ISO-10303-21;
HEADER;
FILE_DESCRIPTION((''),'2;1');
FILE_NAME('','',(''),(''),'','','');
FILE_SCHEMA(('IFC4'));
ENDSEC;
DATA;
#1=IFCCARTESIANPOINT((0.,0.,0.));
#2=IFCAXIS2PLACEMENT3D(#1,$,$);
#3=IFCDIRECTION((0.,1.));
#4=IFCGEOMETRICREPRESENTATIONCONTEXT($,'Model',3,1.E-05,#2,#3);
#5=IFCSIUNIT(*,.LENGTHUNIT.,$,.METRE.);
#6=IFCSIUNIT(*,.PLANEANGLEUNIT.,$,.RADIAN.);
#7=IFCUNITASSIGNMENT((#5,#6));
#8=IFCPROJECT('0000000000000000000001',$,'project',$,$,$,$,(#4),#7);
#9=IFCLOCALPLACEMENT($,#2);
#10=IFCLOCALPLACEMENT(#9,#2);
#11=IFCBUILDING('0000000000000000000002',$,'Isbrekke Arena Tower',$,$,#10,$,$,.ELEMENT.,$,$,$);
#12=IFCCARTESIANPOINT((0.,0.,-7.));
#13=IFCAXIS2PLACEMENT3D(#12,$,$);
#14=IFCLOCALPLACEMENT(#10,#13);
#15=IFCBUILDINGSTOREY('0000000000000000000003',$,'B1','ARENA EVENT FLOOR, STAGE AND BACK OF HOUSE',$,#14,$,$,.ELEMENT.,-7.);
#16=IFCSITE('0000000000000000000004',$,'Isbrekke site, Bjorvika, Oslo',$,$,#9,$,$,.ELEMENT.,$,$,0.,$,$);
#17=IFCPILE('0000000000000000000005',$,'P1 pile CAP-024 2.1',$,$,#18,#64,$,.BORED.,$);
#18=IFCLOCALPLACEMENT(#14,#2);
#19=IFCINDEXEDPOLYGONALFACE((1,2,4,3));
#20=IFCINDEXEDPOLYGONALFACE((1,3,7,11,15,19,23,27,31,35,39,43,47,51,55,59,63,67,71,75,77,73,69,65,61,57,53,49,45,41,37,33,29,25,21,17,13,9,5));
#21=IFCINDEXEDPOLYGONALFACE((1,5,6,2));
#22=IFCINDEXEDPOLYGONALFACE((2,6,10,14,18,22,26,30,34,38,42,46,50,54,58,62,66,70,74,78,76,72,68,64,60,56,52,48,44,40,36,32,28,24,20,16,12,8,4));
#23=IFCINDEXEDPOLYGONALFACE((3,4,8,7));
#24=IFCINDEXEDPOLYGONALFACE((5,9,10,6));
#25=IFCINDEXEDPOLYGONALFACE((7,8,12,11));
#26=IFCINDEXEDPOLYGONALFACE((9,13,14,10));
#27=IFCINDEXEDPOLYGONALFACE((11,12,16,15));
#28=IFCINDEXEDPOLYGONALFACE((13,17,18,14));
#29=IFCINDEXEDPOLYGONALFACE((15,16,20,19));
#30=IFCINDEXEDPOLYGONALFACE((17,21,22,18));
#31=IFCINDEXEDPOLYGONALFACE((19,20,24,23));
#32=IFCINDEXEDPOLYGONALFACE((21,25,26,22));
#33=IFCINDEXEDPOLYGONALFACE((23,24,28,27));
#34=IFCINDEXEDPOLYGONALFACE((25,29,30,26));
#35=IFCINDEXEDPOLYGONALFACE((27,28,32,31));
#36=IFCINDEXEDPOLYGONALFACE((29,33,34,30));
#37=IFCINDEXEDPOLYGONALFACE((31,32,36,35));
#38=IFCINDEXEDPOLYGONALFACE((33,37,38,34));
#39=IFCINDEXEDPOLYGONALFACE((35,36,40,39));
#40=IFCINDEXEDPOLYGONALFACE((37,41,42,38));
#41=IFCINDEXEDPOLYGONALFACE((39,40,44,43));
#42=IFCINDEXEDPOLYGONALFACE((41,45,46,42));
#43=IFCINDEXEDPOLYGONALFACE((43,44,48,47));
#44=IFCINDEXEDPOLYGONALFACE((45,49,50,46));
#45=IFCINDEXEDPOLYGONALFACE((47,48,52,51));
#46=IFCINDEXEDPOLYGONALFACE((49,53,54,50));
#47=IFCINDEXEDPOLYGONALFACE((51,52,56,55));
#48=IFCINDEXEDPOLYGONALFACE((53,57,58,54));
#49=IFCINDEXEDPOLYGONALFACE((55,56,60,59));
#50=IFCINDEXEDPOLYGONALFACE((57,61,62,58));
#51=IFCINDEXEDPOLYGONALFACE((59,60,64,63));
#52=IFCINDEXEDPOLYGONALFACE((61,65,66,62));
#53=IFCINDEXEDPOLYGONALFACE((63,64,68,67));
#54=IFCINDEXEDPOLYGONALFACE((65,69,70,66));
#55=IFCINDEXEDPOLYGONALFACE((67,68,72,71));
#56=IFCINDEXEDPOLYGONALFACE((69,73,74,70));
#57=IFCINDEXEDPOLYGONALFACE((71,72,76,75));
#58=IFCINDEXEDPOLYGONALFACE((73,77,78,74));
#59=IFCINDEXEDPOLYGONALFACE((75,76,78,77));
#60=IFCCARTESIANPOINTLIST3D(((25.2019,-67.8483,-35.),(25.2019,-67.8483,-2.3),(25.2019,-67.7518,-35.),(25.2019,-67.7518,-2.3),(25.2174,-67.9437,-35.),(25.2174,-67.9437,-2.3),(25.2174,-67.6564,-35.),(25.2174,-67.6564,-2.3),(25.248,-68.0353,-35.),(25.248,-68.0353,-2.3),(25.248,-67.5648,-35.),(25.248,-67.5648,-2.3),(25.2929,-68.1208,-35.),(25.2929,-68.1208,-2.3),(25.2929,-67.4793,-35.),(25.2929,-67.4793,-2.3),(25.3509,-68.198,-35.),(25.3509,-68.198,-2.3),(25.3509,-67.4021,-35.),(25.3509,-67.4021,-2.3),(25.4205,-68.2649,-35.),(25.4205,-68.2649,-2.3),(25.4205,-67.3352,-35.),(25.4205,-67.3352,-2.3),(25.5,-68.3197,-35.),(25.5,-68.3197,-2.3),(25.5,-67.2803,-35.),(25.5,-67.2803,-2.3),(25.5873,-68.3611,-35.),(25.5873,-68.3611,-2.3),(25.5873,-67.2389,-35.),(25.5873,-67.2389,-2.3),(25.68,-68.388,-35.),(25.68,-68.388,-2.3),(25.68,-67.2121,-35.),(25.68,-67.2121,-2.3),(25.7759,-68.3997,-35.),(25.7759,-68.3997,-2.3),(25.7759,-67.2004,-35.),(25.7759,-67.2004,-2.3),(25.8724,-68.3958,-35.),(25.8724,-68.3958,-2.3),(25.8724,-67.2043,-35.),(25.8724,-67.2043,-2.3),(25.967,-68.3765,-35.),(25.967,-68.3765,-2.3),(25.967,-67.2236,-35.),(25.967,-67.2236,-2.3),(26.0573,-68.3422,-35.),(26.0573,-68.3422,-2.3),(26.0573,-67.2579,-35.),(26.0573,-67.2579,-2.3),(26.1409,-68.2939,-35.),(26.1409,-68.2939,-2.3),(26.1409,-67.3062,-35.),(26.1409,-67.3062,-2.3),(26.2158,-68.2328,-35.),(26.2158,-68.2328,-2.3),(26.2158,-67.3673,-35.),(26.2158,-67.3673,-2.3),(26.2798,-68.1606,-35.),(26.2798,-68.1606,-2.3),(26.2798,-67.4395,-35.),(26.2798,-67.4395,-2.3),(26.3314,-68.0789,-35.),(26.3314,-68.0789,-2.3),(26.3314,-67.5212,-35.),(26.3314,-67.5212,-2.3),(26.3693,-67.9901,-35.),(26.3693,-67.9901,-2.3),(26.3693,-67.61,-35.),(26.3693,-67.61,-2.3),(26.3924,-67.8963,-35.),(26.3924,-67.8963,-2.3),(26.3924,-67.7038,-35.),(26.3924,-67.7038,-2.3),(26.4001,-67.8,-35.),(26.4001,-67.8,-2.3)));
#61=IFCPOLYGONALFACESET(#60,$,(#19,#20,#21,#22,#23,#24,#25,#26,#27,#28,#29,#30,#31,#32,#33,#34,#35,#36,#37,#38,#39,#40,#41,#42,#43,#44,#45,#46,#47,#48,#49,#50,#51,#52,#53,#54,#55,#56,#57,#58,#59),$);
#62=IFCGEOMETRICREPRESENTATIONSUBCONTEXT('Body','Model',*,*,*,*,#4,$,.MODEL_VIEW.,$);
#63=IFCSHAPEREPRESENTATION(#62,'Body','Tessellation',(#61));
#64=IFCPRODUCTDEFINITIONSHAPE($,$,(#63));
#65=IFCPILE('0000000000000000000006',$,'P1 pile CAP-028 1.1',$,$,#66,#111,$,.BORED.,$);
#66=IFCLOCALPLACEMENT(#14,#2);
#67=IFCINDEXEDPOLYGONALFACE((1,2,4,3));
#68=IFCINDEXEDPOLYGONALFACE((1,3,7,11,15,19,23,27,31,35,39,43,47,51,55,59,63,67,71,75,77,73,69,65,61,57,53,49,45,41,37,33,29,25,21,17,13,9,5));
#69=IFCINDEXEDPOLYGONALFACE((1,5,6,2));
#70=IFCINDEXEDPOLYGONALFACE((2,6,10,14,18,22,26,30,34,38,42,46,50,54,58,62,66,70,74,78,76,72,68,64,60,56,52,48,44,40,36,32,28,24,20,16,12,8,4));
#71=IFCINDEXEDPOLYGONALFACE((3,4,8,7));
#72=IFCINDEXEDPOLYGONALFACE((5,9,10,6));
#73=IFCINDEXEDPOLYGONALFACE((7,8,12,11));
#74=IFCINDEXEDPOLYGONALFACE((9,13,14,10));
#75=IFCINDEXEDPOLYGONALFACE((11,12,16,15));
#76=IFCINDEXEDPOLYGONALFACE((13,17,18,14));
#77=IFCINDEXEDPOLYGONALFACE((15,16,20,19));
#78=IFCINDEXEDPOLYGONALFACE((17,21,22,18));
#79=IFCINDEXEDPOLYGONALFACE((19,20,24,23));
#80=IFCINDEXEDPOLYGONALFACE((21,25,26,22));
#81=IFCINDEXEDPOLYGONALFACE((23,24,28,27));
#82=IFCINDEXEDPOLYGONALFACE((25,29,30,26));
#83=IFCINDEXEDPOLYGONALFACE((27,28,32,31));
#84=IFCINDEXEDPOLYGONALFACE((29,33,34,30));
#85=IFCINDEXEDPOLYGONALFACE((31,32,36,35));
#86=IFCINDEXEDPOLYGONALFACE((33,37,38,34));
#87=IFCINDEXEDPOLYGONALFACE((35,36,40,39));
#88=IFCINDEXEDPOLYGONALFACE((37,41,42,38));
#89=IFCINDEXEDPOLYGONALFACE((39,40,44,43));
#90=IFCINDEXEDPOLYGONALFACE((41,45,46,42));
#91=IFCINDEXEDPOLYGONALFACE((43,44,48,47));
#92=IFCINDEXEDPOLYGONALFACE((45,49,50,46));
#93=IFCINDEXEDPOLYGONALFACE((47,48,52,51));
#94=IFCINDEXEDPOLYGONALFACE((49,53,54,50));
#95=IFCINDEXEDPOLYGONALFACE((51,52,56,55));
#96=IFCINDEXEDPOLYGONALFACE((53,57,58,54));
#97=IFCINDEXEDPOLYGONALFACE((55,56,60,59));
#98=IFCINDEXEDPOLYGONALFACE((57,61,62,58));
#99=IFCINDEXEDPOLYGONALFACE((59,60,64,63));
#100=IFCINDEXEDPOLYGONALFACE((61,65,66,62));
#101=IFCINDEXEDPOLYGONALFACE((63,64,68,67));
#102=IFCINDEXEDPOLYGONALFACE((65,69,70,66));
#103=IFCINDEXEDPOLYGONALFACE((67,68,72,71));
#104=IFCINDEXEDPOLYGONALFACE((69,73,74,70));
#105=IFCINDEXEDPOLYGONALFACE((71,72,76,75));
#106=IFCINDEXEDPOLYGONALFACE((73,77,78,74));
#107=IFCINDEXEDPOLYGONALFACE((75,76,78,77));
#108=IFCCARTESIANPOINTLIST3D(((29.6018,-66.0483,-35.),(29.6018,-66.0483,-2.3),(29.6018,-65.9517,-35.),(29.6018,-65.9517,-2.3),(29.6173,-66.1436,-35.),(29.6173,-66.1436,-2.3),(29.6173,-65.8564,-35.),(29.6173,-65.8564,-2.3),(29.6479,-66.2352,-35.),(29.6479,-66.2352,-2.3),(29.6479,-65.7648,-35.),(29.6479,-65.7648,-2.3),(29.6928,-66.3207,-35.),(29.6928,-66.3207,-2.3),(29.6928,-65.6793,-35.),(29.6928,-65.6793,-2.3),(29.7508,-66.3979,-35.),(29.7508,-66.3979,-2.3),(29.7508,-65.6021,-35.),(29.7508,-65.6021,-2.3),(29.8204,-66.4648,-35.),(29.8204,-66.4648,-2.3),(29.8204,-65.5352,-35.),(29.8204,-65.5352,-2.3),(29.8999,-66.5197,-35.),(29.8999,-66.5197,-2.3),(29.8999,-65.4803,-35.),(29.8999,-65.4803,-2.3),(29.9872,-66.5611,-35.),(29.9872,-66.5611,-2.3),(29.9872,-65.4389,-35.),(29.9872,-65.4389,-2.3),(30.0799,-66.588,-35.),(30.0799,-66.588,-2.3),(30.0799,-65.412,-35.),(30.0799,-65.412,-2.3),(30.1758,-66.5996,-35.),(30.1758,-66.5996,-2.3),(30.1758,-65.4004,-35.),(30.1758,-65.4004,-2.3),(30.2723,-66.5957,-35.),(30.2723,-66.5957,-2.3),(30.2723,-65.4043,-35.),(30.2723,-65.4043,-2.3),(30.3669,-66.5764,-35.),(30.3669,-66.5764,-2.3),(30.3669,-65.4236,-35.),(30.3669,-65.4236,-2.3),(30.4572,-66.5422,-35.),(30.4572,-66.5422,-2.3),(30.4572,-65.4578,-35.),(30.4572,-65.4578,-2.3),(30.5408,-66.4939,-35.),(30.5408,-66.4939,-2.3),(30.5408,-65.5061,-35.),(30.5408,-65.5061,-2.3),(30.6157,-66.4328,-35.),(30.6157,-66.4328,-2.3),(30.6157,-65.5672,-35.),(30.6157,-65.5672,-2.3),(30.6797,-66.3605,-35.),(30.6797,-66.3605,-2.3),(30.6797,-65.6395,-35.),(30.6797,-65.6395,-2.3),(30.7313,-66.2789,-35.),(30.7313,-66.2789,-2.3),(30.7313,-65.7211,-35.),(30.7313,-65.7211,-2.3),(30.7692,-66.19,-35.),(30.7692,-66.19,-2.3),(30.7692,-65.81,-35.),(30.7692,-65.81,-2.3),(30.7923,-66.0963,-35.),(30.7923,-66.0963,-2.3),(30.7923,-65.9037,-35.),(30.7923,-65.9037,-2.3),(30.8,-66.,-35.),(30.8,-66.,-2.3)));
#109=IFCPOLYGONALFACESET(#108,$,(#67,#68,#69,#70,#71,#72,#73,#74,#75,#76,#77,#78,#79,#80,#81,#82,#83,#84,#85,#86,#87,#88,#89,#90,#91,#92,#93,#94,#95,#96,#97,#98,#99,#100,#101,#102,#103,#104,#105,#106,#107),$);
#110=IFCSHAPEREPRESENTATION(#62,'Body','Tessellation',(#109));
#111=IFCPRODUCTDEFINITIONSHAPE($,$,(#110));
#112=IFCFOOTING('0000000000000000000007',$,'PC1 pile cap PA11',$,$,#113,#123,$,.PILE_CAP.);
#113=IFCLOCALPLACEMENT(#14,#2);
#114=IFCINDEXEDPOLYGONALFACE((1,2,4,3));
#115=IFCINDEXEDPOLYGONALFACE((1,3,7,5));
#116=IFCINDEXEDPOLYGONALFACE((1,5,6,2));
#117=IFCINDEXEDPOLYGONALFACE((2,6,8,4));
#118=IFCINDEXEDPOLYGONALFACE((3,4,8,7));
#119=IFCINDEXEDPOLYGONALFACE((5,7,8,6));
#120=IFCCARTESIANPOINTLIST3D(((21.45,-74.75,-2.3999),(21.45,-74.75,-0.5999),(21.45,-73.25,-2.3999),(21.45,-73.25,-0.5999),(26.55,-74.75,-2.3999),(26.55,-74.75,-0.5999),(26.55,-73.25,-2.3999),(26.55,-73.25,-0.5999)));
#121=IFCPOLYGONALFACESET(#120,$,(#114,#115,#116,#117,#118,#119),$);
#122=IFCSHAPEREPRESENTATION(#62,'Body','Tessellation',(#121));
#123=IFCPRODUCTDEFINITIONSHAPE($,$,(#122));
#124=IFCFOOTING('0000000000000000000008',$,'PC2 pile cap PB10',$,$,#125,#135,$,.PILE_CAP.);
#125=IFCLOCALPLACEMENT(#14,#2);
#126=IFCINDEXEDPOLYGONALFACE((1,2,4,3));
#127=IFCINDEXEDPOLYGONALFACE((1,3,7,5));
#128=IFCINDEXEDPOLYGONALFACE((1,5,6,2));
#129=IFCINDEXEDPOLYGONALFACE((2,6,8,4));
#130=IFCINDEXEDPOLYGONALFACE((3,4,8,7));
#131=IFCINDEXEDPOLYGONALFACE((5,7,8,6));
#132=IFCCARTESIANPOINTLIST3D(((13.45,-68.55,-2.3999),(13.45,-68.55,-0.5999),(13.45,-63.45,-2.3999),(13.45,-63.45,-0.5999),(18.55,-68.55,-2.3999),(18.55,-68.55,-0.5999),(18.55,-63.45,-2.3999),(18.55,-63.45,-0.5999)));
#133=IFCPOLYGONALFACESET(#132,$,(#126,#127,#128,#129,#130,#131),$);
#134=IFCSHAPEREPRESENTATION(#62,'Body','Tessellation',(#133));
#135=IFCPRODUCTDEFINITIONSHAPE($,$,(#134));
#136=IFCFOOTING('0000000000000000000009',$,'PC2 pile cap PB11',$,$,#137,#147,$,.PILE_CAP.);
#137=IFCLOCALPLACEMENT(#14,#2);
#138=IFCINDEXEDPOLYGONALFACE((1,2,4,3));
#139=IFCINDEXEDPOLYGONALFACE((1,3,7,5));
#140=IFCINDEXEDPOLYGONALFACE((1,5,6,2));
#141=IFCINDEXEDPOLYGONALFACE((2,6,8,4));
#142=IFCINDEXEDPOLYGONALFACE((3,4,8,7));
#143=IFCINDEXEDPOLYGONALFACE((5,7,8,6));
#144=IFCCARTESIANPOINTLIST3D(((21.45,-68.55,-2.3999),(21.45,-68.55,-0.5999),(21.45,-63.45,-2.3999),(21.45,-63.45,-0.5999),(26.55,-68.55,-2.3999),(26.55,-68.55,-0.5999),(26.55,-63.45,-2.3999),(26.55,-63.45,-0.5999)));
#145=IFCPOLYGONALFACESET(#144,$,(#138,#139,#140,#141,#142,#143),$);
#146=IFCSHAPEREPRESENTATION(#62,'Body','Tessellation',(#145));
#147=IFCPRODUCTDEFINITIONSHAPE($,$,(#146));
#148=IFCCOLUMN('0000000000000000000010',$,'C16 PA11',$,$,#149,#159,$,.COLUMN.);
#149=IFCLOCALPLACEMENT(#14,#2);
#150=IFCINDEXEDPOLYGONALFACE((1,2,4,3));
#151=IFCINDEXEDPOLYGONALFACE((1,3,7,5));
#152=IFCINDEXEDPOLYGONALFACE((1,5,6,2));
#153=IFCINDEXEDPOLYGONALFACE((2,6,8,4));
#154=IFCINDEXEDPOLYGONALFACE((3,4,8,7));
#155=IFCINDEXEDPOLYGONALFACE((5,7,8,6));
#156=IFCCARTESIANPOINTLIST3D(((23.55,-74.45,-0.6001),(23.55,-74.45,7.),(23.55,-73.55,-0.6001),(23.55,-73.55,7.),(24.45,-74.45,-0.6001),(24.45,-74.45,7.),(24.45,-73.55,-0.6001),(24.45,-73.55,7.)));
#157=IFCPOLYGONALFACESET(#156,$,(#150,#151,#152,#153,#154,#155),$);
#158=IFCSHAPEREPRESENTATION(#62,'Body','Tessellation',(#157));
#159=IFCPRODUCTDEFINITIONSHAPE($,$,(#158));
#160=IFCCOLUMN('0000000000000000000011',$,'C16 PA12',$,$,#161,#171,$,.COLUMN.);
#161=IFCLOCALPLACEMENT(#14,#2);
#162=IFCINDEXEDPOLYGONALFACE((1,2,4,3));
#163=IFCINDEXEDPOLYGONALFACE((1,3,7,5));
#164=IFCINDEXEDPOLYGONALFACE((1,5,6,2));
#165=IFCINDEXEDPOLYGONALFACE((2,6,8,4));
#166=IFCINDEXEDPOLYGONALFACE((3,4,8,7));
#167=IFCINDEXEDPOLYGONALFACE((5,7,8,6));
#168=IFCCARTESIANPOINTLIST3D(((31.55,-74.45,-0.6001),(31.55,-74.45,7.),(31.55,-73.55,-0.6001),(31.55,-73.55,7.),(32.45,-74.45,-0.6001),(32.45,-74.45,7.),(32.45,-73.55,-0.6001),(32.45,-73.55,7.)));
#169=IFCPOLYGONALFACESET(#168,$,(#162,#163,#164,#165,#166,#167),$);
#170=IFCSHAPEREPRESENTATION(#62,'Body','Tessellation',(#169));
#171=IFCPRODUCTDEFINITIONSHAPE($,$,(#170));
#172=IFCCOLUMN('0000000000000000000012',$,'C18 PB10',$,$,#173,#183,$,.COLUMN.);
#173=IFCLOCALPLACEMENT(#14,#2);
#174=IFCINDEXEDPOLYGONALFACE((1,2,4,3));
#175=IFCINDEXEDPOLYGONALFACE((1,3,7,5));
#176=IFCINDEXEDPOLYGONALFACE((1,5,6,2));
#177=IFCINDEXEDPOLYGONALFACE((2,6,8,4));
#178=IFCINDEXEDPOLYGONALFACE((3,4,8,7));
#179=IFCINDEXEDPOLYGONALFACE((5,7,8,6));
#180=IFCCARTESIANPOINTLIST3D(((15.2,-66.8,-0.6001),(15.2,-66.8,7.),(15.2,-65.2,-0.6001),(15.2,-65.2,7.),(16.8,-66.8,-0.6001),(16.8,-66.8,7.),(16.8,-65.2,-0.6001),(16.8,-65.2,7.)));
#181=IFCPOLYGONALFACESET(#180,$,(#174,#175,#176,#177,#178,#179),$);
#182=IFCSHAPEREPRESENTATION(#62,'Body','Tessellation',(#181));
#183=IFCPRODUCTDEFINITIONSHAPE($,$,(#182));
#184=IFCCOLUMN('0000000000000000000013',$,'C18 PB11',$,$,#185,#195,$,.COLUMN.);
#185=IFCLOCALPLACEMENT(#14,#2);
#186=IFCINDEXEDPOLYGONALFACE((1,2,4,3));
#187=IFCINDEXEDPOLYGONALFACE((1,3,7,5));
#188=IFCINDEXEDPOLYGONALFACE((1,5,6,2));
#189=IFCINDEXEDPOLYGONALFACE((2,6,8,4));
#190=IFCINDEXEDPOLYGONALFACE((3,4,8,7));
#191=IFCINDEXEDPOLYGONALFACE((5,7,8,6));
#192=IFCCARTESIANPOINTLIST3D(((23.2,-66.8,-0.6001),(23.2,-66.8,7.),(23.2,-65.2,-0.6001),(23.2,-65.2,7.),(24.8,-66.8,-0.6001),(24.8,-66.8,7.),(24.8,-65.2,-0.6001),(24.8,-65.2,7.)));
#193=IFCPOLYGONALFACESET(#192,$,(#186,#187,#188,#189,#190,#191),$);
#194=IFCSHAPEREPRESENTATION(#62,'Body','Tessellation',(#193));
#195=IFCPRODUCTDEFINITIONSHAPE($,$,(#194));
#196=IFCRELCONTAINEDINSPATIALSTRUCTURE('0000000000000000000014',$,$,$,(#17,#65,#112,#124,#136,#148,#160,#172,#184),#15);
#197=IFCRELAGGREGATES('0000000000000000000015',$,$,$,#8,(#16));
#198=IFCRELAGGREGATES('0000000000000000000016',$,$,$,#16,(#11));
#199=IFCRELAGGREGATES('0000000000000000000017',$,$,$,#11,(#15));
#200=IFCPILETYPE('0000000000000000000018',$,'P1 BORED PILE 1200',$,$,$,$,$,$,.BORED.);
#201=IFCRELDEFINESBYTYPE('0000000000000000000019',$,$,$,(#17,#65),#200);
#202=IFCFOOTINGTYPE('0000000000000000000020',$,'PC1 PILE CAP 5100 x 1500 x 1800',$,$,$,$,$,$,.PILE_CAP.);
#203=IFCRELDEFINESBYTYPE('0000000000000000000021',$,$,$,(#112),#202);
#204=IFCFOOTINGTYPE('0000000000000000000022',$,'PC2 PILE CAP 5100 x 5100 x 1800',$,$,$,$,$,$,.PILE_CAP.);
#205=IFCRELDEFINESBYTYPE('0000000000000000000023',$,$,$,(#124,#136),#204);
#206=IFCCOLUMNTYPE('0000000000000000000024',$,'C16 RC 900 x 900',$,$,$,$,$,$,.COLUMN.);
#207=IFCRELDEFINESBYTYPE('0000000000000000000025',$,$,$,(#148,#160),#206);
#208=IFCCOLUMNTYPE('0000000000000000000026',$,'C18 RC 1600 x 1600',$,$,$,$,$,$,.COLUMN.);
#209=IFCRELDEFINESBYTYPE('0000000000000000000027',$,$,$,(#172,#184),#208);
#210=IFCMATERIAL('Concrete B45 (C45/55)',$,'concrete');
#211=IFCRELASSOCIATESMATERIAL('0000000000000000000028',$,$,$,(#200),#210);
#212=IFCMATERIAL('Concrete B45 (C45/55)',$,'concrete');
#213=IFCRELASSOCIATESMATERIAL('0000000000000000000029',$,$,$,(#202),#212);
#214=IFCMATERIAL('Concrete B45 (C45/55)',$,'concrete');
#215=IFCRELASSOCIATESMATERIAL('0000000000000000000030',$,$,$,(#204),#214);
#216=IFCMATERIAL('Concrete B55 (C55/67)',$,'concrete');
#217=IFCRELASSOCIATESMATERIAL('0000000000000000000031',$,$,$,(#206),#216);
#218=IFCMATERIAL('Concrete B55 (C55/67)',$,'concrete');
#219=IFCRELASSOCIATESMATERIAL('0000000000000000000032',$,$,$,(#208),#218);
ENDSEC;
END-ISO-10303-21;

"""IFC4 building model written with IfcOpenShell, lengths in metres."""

from ifc_helpers import new_model, si_unit, direction, frame, origin, origin_2d, place, context, subcontext, project, spatial, rectangle, circle, extrude, material, material_profile, profile_set, type_object, element, save


model = new_model("IFC4")

# Units and contexts
model_context = context("Model", 3, precision=1e-05, world=origin(), true_north=direction((0.0, 1.0)))
body_context = subcontext(model_context, "Body", "Model", "MODEL_VIEW")
ifc_project = project(units=[si_unit("LENGTHUNIT", "METRE"), si_unit("PLANEANGLEUNIT", "RADIAN")], contexts=[model_context])

# Site, building, storey
site_placement = place(None, origin())
site = spatial("IfcSite", under=ifc_project, at=site_placement, Name="Isbrekke site, Bjorvika, Oslo", CompositionType="ELEMENT", RefElevation=0.0)
building_placement = place(site_placement, origin())
building = spatial("IfcBuilding", under=site, at=building_placement, Name="Isbrekke Arena Tower", CompositionType="ELEMENT")
storey_placement = place(building_placement, frame((0.0, 0.0, -7.0)))
storey = spatial("IfcBuildingStorey", under=building, at=storey_placement, Name="B1", Description="ARENA EVENT FLOOR, STAGE AND BACK OF HOUSE", CompositionType="ELEMENT", Elevation=-7.0)

# Piles
ifc_material_1 = material(Name="Concrete B45 (C45/55)", Category="concrete")
ifc_material_profile_1 = material_profile(ifc_material_1, circle(Radius=0.6001, at=origin_2d()), Name="BORED PILE D1200")
ifc_profile_set_1 = profile_set([ifc_material_profile_1], Name="Concrete B45 (C45/55)")
pile_type = type_object("IfcPileType", Name="P1 BORED PILE 1200", PredefinedType="BORED", material=ifc_profile_set_1)
for number, where, z_axis, x_axis, name in (
    (1, (25.8, -67.8, -2.3), (0.0, 0.0, -1.0), (1.0, 0.0, 0.0), "P1 pile CAP-024 2.1"),
    (2, (30.2, -66.0, -2.3), (0.0, 0.0, -1.0), (1.0, 0.0, 0.0), "P1 pile CAP-028 1.1"),
):
    element("IfcPile", number, at=place(storey_placement, frame(where, z_axis=z_axis, x_axis=x_axis)), inside=storey, type_object=pile_type, Name=name, PredefinedType="BORED", context=body_context, shape_type="SweptSolid", body=[
        extrude(circle(Radius=0.6001, at=origin_2d()), origin(), (0.0, 0.0, 1.0), 32.7),
    ])

# Footings
ifc_material_2 = material(Name="Concrete B45 (C45/55)", Category="concrete")
footing_type_1 = type_object("IfcFootingType", Name="PC1 PILE CAP 5100 x 1500 x 1800", PredefinedType="PILE_CAP", material=ifc_material_2)
footing_placement = place(storey_placement, frame((24.0, -74.0, -2.3999), z_axis=(0.0, 0.0, 1.0), x_axis=(1.0, 0.0, 0.0)))
element("IfcFooting", 3, at=footing_placement, inside=storey, type_object=footing_type_1, Name="PC1 pile cap PA11", PredefinedType="PILE_CAP", context=body_context, shape_type="SweptSolid", body=[
    extrude(rectangle(XDim=5.1001, YDim=1.5, at=origin_2d()), origin(), (0.0, 0.0, 1.0), 1.8),
])
ifc_material_3 = material(Name="Concrete B45 (C45/55)", Category="concrete")
footing_type_2 = type_object("IfcFootingType", Name="PC2 PILE CAP 5100 x 5100 x 1800", PredefinedType="PILE_CAP", material=ifc_material_3)
for number, where, z_axis, x_axis, name in (
    (4, (16.0, -66.0, -2.3999), (0.0, 0.0, 1.0), (1.0, 0.0, 0.0), "PC2 pile cap PB10"),
    (5, (24.0, -66.0, -2.3999), (0.0, 0.0, 1.0), (1.0, 0.0, 0.0), "PC2 pile cap PB11"),
):
    element("IfcFooting", number, at=place(storey_placement, frame(where, z_axis=z_axis, x_axis=x_axis)), inside=storey, type_object=footing_type_2, Name=name, PredefinedType="PILE_CAP", context=body_context, shape_type="SweptSolid", body=[
        extrude(rectangle(XDim=5.1001, YDim=5.1001, at=origin_2d()), origin(), (0.0, 0.0, 1.0), 1.8),
    ])

# Columns
ifc_material_4 = material(Name="Concrete B55 (C55/67)", Category="concrete")
ifc_material_profile_2 = material_profile(ifc_material_4, rectangle(XDim=0.8999, YDim=0.8999, at=origin_2d()), Name="RC 900x900")
ifc_profile_set_2 = profile_set([ifc_material_profile_2], Name="Concrete B55 (C55/67)")
column_type_1 = type_object("IfcColumnType", Name="C16 RC 900 x 900", PredefinedType="COLUMN", material=ifc_profile_set_2)
for number, where, z_axis, x_axis, name in (
    (6, (24.0, -74.0, -0.6001), (0.0, 0.0, 1.0), (1.0, 0.0, 0.0), "C16 PA11"),
    (7, (32.0, -74.0, -0.6001), (0.0, 0.0, 1.0), (1.0, 0.0, 0.0), "C16 PA12"),
):
    element("IfcColumn", number, at=place(storey_placement, frame(where, z_axis=z_axis, x_axis=x_axis)), inside=storey, type_object=column_type_1, Name=name, PredefinedType="COLUMN", context=body_context, shape_type="SweptSolid", body=[
        extrude(rectangle(XDim=0.8999, YDim=0.8999, at=origin_2d()), origin(), (0.0, 0.0, 1.0), 7.6001),
    ])
ifc_material_5 = material(Name="Concrete B55 (C55/67)", Category="concrete")
ifc_material_profile_3 = material_profile(ifc_material_5, rectangle(XDim=1.6001, YDim=1.6001, at=origin_2d()), Name="RC 1600x1600")
ifc_profile_set_3 = profile_set([ifc_material_profile_3], Name="Concrete B55 (C55/67)")
column_type_2 = type_object("IfcColumnType", Name="C18 RC 1600 x 1600", PredefinedType="COLUMN", material=ifc_profile_set_3)
for number, where, z_axis, x_axis, name in (
    (8, (16.0, -66.0, -0.6001), (0.0, 0.0, 1.0), (1.0, 0.0, 0.0), "C18 PB10"),
    (9, (24.0, -66.0, -0.6001), (0.0, 0.0, 1.0), (1.0, 0.0, 0.0), "C18 PB11"),
):
    element("IfcColumn", number, at=place(storey_placement, frame(where, z_axis=z_axis, x_axis=x_axis)), inside=storey, type_object=column_type_2, Name=name, PredefinedType="COLUMN", context=body_context, shape_type="SweptSolid", body=[
        extrude(rectangle(XDim=1.6001, YDim=1.6001, at=origin_2d()), origin(), (0.0, 0.0, 1.0), 7.6001),
    ])

save(model, "model.ifc")
